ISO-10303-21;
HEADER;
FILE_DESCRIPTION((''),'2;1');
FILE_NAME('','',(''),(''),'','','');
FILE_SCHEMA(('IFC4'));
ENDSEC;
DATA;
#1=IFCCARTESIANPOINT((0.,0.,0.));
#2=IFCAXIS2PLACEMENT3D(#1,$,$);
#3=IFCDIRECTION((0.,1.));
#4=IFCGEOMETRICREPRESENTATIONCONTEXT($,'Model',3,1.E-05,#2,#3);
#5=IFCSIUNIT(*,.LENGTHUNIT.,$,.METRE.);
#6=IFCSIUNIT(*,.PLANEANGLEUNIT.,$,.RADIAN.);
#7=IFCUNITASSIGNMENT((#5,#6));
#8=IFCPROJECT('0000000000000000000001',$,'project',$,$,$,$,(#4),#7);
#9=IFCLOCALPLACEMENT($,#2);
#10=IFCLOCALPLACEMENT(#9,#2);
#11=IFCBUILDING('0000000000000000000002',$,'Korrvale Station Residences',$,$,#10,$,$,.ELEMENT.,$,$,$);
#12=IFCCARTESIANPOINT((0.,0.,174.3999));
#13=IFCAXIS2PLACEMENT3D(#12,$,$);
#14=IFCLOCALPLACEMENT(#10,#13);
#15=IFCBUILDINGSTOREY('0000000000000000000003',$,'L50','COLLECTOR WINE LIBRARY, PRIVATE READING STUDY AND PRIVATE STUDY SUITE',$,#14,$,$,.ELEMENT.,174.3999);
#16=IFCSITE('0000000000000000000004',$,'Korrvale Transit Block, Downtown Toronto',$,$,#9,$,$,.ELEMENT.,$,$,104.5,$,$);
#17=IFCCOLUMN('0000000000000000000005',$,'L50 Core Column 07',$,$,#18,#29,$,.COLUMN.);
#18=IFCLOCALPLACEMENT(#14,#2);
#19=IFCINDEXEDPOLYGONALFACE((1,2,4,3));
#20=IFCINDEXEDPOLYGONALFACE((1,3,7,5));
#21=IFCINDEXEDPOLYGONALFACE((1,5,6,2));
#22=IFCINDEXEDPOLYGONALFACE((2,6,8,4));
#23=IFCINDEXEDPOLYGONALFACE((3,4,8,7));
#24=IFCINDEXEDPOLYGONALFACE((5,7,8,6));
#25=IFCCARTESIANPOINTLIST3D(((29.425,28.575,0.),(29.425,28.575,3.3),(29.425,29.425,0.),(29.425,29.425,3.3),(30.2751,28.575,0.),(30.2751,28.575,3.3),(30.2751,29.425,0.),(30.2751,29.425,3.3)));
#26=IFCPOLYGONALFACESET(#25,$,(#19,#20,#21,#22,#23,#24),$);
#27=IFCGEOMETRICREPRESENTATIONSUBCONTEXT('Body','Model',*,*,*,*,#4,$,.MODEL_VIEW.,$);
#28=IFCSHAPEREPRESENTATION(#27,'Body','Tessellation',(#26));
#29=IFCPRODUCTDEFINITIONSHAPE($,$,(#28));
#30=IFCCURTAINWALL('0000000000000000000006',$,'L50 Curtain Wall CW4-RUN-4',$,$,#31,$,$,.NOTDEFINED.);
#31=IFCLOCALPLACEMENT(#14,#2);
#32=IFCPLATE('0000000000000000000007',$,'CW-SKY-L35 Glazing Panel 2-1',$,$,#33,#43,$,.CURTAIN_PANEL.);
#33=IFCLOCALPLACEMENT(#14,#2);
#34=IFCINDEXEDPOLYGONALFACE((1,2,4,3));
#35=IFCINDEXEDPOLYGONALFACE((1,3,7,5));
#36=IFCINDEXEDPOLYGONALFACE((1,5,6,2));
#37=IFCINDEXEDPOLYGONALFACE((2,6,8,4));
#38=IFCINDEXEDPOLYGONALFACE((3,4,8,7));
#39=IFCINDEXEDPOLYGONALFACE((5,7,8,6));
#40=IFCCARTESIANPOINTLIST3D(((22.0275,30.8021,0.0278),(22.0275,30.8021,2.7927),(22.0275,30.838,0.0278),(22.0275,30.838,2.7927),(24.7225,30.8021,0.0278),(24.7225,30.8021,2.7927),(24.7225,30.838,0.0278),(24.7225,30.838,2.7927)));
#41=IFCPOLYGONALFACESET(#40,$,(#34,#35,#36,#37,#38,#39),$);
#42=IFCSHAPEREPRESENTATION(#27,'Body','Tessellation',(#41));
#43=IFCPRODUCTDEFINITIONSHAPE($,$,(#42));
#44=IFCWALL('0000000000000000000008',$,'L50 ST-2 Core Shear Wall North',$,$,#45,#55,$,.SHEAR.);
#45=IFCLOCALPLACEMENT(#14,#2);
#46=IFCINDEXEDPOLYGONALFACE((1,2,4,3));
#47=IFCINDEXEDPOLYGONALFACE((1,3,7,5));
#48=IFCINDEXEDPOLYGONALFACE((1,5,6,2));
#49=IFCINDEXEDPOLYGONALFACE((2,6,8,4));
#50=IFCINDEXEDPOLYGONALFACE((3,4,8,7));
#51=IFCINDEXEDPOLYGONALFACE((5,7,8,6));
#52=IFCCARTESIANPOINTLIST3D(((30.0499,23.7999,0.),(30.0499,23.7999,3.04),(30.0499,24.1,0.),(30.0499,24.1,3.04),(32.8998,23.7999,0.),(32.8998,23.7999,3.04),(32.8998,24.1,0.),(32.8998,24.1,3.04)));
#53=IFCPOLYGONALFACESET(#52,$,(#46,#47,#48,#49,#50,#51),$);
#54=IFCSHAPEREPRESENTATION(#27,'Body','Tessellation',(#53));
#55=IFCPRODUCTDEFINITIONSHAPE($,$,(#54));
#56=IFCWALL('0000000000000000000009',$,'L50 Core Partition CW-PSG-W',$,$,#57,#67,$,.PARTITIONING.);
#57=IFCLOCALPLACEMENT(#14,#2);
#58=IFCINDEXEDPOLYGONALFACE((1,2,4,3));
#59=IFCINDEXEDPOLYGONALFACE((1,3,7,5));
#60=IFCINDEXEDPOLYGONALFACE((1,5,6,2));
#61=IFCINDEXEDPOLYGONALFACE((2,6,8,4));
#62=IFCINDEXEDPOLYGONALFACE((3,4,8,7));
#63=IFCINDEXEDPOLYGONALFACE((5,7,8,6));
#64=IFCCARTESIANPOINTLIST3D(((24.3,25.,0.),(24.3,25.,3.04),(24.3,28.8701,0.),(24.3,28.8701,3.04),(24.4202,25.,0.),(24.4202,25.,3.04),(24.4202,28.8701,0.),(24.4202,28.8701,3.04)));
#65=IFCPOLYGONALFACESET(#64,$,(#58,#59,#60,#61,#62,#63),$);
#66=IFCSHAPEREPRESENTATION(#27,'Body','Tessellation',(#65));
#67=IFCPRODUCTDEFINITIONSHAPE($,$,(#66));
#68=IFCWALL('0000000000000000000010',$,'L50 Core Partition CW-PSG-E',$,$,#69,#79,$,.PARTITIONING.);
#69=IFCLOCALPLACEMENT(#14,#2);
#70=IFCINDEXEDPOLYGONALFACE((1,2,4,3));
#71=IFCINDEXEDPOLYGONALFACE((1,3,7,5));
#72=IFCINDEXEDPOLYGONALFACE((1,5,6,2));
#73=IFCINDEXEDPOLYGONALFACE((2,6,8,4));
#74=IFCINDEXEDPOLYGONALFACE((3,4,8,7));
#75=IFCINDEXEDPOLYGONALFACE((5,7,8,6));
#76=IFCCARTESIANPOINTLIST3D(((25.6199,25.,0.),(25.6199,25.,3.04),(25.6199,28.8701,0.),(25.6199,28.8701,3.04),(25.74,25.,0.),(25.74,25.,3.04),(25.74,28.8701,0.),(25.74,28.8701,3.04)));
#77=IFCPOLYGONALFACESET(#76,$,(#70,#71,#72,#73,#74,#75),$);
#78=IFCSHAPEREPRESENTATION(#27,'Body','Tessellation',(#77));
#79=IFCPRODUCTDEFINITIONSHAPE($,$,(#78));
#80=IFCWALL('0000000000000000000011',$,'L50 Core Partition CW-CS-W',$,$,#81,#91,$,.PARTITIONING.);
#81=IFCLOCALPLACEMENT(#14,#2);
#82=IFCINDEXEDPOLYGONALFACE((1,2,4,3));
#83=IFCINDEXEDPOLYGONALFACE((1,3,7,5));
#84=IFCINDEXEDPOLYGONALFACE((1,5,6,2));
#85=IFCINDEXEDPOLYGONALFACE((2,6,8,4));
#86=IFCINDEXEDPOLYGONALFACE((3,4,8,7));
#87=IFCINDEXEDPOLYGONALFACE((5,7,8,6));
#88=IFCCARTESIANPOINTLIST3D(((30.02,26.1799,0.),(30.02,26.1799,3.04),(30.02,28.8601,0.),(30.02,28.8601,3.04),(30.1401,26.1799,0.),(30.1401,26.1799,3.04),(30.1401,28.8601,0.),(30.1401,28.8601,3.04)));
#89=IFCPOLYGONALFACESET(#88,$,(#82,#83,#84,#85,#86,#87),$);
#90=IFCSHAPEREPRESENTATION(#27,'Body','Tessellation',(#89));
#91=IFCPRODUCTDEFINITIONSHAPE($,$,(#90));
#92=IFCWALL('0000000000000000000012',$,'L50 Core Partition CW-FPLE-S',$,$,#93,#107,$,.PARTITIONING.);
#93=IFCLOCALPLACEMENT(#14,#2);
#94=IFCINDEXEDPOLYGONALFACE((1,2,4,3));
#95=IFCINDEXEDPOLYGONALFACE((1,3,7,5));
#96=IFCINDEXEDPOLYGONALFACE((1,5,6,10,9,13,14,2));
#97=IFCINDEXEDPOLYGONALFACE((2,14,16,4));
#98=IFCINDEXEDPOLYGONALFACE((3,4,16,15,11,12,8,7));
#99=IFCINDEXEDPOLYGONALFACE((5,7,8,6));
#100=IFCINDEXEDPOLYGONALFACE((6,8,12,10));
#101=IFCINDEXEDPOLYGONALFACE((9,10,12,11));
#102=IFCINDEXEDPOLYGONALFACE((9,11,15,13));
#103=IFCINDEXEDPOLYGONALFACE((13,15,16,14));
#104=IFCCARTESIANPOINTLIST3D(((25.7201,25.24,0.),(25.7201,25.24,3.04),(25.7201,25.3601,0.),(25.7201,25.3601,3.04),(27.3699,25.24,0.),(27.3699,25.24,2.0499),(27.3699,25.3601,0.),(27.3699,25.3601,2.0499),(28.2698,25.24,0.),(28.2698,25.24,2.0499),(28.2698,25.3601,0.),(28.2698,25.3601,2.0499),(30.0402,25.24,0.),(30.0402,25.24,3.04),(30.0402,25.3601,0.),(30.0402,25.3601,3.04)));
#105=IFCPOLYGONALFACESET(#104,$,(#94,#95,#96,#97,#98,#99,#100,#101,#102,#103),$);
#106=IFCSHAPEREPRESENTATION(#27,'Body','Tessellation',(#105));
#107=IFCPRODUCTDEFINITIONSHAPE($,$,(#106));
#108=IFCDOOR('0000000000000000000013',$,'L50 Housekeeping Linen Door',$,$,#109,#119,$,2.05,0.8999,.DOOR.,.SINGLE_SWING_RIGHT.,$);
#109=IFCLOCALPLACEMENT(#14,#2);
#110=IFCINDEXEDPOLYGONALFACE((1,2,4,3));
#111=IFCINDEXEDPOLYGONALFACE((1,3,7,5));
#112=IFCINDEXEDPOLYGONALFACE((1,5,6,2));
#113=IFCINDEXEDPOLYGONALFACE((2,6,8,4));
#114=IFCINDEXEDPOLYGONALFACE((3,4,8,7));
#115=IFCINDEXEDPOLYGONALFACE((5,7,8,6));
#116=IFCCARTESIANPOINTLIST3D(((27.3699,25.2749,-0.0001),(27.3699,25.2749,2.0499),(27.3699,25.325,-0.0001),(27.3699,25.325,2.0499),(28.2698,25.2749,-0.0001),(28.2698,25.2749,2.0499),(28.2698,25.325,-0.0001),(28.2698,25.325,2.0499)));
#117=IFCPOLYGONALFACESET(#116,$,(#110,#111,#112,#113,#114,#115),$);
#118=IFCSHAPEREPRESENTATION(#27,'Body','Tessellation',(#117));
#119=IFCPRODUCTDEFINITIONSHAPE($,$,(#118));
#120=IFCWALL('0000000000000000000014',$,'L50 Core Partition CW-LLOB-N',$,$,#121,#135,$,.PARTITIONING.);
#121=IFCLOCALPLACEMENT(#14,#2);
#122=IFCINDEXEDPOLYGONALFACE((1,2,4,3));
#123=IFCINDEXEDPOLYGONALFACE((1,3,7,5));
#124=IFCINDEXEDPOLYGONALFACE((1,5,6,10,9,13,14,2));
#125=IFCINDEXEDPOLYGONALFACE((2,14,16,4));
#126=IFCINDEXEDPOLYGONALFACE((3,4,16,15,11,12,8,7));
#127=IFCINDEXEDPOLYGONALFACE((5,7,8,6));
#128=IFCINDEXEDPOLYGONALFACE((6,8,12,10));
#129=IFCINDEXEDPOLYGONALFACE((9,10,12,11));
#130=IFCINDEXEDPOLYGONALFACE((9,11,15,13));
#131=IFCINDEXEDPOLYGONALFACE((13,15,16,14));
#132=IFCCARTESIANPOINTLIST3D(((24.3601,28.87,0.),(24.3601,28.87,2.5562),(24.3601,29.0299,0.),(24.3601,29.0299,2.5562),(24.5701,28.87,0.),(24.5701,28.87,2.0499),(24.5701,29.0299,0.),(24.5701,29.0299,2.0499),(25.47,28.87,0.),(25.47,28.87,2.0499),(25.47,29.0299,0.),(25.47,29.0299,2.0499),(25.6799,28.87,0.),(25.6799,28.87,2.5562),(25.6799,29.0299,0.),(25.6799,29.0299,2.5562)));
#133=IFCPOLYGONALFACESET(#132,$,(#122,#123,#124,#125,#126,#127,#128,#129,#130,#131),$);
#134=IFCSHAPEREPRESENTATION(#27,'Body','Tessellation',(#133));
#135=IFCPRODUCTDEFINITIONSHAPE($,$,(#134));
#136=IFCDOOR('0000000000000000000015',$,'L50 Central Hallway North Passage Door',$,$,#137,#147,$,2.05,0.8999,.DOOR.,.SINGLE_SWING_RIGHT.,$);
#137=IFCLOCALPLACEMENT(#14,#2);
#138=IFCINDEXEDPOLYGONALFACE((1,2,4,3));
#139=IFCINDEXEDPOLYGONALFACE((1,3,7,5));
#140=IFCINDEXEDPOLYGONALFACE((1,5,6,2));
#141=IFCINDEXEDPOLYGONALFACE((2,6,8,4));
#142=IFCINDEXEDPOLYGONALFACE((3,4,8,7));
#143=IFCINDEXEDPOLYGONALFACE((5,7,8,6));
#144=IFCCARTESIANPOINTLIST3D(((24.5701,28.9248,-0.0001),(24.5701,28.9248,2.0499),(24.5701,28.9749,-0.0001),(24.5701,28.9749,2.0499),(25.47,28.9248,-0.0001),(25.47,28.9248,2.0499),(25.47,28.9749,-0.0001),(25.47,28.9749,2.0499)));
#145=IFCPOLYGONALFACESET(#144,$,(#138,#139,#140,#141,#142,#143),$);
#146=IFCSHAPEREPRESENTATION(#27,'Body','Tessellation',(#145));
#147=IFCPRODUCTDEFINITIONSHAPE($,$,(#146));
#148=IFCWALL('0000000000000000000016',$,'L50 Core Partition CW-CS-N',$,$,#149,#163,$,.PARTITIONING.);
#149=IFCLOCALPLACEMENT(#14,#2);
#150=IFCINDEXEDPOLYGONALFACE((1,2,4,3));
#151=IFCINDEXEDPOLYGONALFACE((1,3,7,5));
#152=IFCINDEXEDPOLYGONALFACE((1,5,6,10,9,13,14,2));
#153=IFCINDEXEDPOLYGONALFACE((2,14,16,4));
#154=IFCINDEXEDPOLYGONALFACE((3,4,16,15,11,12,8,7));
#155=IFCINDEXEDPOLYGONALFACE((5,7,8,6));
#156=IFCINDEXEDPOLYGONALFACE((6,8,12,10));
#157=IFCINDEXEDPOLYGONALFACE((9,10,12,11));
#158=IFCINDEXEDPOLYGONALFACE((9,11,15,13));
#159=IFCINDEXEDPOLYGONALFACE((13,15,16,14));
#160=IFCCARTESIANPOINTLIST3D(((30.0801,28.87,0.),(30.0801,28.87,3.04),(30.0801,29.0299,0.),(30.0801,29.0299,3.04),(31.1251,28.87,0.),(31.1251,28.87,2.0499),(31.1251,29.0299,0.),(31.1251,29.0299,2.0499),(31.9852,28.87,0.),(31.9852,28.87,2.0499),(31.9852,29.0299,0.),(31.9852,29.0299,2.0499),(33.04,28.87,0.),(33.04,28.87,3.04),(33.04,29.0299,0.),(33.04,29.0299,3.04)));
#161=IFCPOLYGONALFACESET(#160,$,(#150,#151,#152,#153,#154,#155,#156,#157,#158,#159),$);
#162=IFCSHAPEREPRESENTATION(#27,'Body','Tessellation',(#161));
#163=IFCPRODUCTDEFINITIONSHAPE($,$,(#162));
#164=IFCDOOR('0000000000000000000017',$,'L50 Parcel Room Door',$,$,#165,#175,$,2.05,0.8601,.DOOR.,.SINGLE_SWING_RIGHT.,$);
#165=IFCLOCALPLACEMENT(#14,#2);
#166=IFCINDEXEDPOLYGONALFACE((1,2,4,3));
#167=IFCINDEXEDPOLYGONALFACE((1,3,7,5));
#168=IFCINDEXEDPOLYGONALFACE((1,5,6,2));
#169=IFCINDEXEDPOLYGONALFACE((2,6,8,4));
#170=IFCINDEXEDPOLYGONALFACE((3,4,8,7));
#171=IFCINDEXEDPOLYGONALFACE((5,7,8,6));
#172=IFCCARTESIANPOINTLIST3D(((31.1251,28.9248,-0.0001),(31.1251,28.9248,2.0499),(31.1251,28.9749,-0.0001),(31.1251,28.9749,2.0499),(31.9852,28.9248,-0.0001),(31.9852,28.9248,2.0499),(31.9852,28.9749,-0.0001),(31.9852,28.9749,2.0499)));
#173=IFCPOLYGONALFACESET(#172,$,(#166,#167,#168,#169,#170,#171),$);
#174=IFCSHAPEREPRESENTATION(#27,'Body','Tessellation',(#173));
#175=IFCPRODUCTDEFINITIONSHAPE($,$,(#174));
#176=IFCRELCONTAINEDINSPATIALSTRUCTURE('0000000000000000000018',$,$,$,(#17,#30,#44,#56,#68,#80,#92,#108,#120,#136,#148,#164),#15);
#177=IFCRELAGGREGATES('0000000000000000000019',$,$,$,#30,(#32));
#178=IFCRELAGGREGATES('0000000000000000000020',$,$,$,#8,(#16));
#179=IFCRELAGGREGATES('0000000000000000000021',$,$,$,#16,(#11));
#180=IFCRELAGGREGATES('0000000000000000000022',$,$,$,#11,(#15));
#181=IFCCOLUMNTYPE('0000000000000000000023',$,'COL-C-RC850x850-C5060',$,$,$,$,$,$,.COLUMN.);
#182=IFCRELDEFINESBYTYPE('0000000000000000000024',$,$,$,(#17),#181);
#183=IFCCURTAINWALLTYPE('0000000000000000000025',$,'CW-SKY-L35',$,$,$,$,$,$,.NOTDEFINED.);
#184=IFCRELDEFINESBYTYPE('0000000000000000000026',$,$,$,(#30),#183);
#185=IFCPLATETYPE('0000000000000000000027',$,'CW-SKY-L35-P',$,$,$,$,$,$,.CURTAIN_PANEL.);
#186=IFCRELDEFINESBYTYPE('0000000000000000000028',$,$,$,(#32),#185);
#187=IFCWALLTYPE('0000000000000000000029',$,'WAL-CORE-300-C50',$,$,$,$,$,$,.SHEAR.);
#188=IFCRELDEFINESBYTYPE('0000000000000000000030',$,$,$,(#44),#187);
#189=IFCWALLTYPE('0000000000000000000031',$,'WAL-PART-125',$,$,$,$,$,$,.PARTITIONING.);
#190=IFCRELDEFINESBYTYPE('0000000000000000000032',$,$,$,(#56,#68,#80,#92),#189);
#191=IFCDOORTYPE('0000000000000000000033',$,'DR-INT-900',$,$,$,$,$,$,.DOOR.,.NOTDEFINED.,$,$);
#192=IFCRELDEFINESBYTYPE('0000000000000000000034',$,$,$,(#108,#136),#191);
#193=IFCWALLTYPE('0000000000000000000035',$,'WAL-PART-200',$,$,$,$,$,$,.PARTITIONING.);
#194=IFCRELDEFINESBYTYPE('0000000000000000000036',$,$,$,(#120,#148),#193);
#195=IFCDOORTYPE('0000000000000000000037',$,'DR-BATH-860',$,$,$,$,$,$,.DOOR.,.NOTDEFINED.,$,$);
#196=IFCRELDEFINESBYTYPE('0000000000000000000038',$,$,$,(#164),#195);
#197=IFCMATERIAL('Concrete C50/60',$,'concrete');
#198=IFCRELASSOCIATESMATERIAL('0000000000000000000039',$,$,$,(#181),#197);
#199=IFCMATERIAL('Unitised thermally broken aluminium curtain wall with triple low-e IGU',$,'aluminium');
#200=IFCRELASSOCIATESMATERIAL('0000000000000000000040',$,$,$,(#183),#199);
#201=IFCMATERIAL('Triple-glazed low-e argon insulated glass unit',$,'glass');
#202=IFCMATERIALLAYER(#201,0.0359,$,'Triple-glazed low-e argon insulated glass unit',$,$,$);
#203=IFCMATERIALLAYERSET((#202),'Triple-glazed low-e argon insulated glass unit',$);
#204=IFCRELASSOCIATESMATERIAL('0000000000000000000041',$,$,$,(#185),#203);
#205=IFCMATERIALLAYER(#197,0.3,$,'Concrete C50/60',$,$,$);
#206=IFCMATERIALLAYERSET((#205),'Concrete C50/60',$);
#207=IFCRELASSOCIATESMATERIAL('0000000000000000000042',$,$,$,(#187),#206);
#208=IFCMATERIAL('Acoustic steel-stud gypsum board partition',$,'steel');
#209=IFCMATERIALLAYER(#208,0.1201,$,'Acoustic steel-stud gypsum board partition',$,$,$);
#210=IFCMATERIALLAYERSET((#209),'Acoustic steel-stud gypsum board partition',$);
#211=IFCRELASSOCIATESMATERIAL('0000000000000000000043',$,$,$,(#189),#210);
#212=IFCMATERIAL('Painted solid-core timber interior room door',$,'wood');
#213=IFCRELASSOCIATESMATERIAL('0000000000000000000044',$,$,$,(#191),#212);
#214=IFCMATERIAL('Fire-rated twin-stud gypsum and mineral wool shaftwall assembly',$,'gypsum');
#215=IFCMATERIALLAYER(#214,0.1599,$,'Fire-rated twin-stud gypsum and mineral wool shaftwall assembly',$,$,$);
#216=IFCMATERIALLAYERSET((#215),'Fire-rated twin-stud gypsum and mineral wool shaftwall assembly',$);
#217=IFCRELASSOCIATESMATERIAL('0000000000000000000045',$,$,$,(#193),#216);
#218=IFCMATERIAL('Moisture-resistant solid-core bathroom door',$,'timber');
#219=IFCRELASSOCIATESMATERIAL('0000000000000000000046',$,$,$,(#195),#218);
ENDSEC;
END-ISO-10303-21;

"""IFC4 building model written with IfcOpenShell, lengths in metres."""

from ifc_helpers import new_model, si_unit, direction, frame, frame_2d, origin, origin_2d, place, context, subcontext, project, spatial, rectangle, extrude, material, layer, layer_set, material_profile, profile_set, type_object, element, fill, aggregate, save


model = new_model("IFC4")

# Units and contexts
model_context = context("Model", 3, precision=1e-05, world=origin(), true_north=direction((0.0, 1.0)))
body_context = subcontext(model_context, "Body", "Model", "MODEL_VIEW")
ifc_project = project(units=[si_unit("LENGTHUNIT", "METRE"), si_unit("PLANEANGLEUNIT", "RADIAN")], contexts=[model_context])

# Site, building, storey
site_placement = place(None, origin())
site = spatial("IfcSite", under=ifc_project, at=site_placement, Name="Korrvale Transit Block, Downtown Toronto", CompositionType="ELEMENT", RefElevation=104.5)
building_placement = place(site_placement, origin())
building = spatial("IfcBuilding", under=site, at=building_placement, Name="Korrvale Station Residences", CompositionType="ELEMENT")
storey_placement = place(building_placement, frame((0.0, 0.0, 174.3999)))
storey = spatial("IfcBuildingStorey", under=building, at=storey_placement, Name="L50", Description="COLLECTOR WINE LIBRARY, PRIVATE READING STUDY AND PRIVATE STUDY SUITE", CompositionType="ELEMENT", Elevation=174.3999)

# Column
ifc_material_1 = material(Name="Concrete C50/60", Category="concrete")
ifc_material_profile = material_profile(ifc_material_1, rectangle(XDim=0.8501, YDim=0.8501, at=origin_2d()), Name="RC850x850")
ifc_profile_set = profile_set([ifc_material_profile], Name="Concrete C50/60")
column_type = type_object("IfcColumnType", Name="COL-C-RC850x850-C5060", PredefinedType="COLUMN", material=ifc_profile_set)
column_placement = place(storey_placement, frame((29.8501, 29.0, 0.0), z_axis=(0.0, 0.0, 1.0), x_axis=(1.0, 0.0, 0.0)))
element("IfcColumn", 1, at=column_placement, inside=storey, type_object=column_type, Name="L50 Core Column 07", PredefinedType="COLUMN", context=body_context, shape_type="SweptSolid", body=[
    extrude(rectangle(XDim=0.8501, YDim=0.8501, at=origin_2d()), origin(), (0.0, 0.0, 1.0), 3.3),
])

# Curtain wall, plate
ifc_material_2 = material(Name="Unitised thermally broken aluminium curtain wall with triple low-e IGU", Category="aluminium")
curtain_wall_type = type_object("IfcCurtainWallType", Name="CW-SKY-L35", PredefinedType="NOTDEFINED", material=ifc_material_2)
curtain_wall_placement = place(storey_placement, origin())
curtain_wall = element("IfcCurtainWall", 2, at=curtain_wall_placement, inside=storey, type_object=curtain_wall_type, Name="L50 Curtain Wall CW4-RUN-4", PredefinedType="NOTDEFINED")
ifc_material_3 = material(Name="Triple-glazed low-e argon insulated glass unit", Category="glass")
ifc_layer_1 = layer(ifc_material_3, 0.0359, Name="Triple-glazed low-e argon insulated glass unit")
ifc_layer_set_1 = layer_set([ifc_layer_1], Name="Triple-glazed low-e argon insulated glass unit")
plate_type = type_object("IfcPlateType", Name="CW-SKY-L35-P", PredefinedType="CURTAIN_PANEL", material=ifc_layer_set_1)
plate_placement = place(storey_placement, frame((23.375, 30.8201, 0.0278), z_axis=(0.0, 0.0, 1.0), x_axis=(1.0, 0.0, 0.0)))
plate = element("IfcPlate", 3, at=plate_placement, type_object=plate_type, Name="CW-SKY-L35 Glazing Panel 2-1", PredefinedType="CURTAIN_PANEL", context=body_context, shape_type="SweptSolid", body=[
    extrude(rectangle(XDim=2.6951, YDim=0.0359, at=origin_2d()), origin(), (0.0, 0.0, 1.0), 2.7649),
])
aggregate(curtain_wall, [plate])

# Walls
ifc_layer_2 = layer(ifc_material_1, 0.3, Name="Concrete C50/60")
ifc_layer_set_2 = layer_set([ifc_layer_2], Name="Concrete C50/60")
wall_type_1 = type_object("IfcWallType", Name="WAL-CORE-300-C50", PredefinedType="SHEAR", material=ifc_layer_set_2)
wall_1_placement = place(storey_placement, frame((30.05, 23.95, 0.0), z_axis=(0.0, 0.0, 1.0), x_axis=(1.0, 0.0, 0.0)))
element("IfcWall", 4, at=wall_1_placement, inside=storey, type_object=wall_type_1, Name="L50 ST-2 Core Shear Wall North", PredefinedType="SHEAR", context=body_context, shape_type="SweptSolid", body=[
    extrude(rectangle(XDim=2.8499, YDim=0.3, at=frame_2d((1.4248, 0.0))), origin(), (0.0, 0.0, 1.0), 3.04),
])
ifc_material_4 = material(Name="Acoustic steel-stud gypsum board partition", Category="steel")
ifc_layer_3 = layer(ifc_material_4, 0.1201, Name="Acoustic steel-stud gypsum board partition")
ifc_layer_set_3 = layer_set([ifc_layer_3], Name="Acoustic steel-stud gypsum board partition")
wall_type_2 = type_object("IfcWallType", Name="WAL-PART-125", PredefinedType="PARTITIONING", material=ifc_layer_set_3)
for number, where, z_axis, x_axis, name in (
    (5, (24.3601, 25.0, 0.0), (0.0, 0.0, 1.0), (0.0, 1.0, 0.0), "L50 Core Partition CW-PSG-W"),
    (6, (25.6799, 25.0, 0.0), (0.0, 0.0, 1.0), (0.0, 1.0, 0.0), "L50 Core Partition CW-PSG-E"),
):
    element("IfcWall", number, at=place(storey_placement, frame(where, z_axis=z_axis, x_axis=x_axis)), inside=storey, type_object=wall_type_2, Name=name, PredefinedType="PARTITIONING", context=body_context, shape_type="SweptSolid", body=[
        extrude(rectangle(XDim=3.8701, YDim=0.1201, at=frame_2d((1.9351, 0.0))), origin(), (0.0, 0.0, 1.0), 3.04),
    ])
wall_2_placement = place(storey_placement, frame((30.0801, 26.1799, 0.0), z_axis=(0.0, 0.0, 1.0), x_axis=(0.0, 1.0, 0.0)))
element("IfcWall", 7, at=wall_2_placement, inside=storey, type_object=wall_type_2, Name="L50 Core Partition CW-CS-W", PredefinedType="PARTITIONING", context=body_context, shape_type="SweptSolid", body=[
    extrude(rectangle(XDim=2.6802, YDim=0.1201, at=frame_2d((1.3401, 0.0))), origin(), (0.0, 0.0, 1.0), 3.04),
])

# Walls, openings, doors
wall_3_placement = place(storey_placement, frame((25.72, 25.3, 0.0), z_axis=(0.0, 0.0, 1.0), x_axis=(1.0, 0.0, 0.0)))
wall_3 = element("IfcWall", 8, at=wall_3_placement, inside=storey, type_object=wall_type_2, Name="L50 Core Partition CW-FPLE-S", PredefinedType="PARTITIONING", context=body_context, shape_type="SweptSolid", body=[
    extrude(rectangle(XDim=4.3201, YDim=0.1201, at=frame_2d((2.1602, 0.0))), origin(), (0.0, 0.0, 1.0), 3.04),
])
opening_1_placement = place(wall_3_placement, frame((1.6499, 0.0, 0.0)))
opening_1 = element("IfcOpeningElement", 9, at=opening_1_placement, cuts=wall_3, PredefinedType="OPENING", context=body_context, shape_type="SweptSolid", body=[
    extrude(rectangle(XDim=0.8999, YDim=2.05, at=frame_2d((0.45, 1.0249))), frame((0.0, 0.0701, 0.0), z_axis=(0.0, -1.0, 0.0), x_axis=(1.0, 0.0, 0.0)), (0.0, 0.0, 1.0), 0.1401),
])
ifc_material_5 = material(Name="Painted solid-core timber interior room door", Category="wood")
door_type_1 = type_object("IfcDoorType", Name="DR-INT-900", OperationType="NOTDEFINED", PredefinedType="DOOR", material=ifc_material_5)
door_1_placement = place(opening_1_placement, origin())
door_1 = element("IfcDoor", 10, at=door_1_placement, inside=storey, type_object=door_type_1, Name="L50 Housekeeping Linen Door", OperationType="SINGLE_SWING_RIGHT", OverallHeight=2.05, OverallWidth=0.8999, PredefinedType="DOOR", context=body_context, shape_type="SweptSolid", body=[
    extrude(rectangle(XDim=0.8999, YDim=2.05, at=frame_2d((0.45, 1.0249))), frame((0.0, 0.0249, 0.0), z_axis=(0.0, -1.0, 0.0), x_axis=(1.0, 0.0, 0.0)), (0.0, 0.0, 1.0), 0.05),
])
fill(opening_1, door_1)
ifc_material_6 = material(Name="Fire-rated twin-stud gypsum and mineral wool shaftwall assembly", Category="gypsum")
ifc_layer_4 = layer(ifc_material_6, 0.1599, Name="Fire-rated twin-stud gypsum and mineral wool shaftwall assembly")
ifc_layer_set_4 = layer_set([ifc_layer_4], Name="Fire-rated twin-stud gypsum and mineral wool shaftwall assembly")
wall_type_3 = type_object("IfcWallType", Name="WAL-PART-200", PredefinedType="PARTITIONING", material=ifc_layer_set_4)
wall_4_placement = place(storey_placement, frame((24.3601, 28.95, 0.0), z_axis=(0.0, 0.0, 1.0), x_axis=(1.0, 0.0, 0.0)))
wall_4 = element("IfcWall", 11, at=wall_4_placement, inside=storey, type_object=wall_type_3, Name="L50 Core Partition CW-LLOB-N", PredefinedType="PARTITIONING", context=body_context, shape_type="SweptSolid", body=[
    extrude(rectangle(XDim=1.3198, YDim=0.1599, at=frame_2d((0.6599, 0.0))), origin(), (0.0, 0.0, 1.0), 2.5562),
])
opening_2_placement = place(wall_4_placement, frame((0.21, 0.0, 0.0)))
opening_2 = element("IfcOpeningElement", 12, at=opening_2_placement, cuts=wall_4, PredefinedType="OPENING", context=body_context, shape_type="SweptSolid", body=[
    extrude(rectangle(XDim=0.8999, YDim=2.05, at=frame_2d((0.45, 1.0249))), frame((0.0, 0.0898, 0.0), z_axis=(0.0, -1.0, 0.0), x_axis=(1.0, 0.0, 0.0)), (0.0, 0.0, 1.0), 0.1799),
])
door_2_placement = place(opening_2_placement, origin())
door_2 = element("IfcDoor", 13, at=door_2_placement, inside=storey, type_object=door_type_1, Name="L50 Central Hallway North Passage Door", OperationType="SINGLE_SWING_RIGHT", OverallHeight=2.05, OverallWidth=0.8999, PredefinedType="DOOR", context=body_context, shape_type="SweptSolid", body=[
    extrude(rectangle(XDim=0.8999, YDim=2.05, at=frame_2d((0.45, 1.0249))), frame((0.0, 0.0249, 0.0), z_axis=(0.0, -1.0, 0.0), x_axis=(1.0, 0.0, 0.0)), (0.0, 0.0, 1.0), 0.05),
])
fill(opening_2, door_2)
wall_5_placement = place(storey_placement, frame((30.0801, 28.95, 0.0), z_axis=(0.0, 0.0, 1.0), x_axis=(1.0, 0.0, 0.0)))
wall_5 = element("IfcWall", 14, at=wall_5_placement, inside=storey, type_object=wall_type_3, Name="L50 Core Partition CW-CS-N", PredefinedType="PARTITIONING", context=body_context, shape_type="SweptSolid", body=[
    extrude(rectangle(XDim=2.96, YDim=0.1599, at=frame_2d((1.48, 0.0))), origin(), (0.0, 0.0, 1.0), 3.04),
])
opening_3_placement = place(wall_5_placement, frame((1.0449, 0.0, 0.0)))
opening_3 = element("IfcOpeningElement", 15, at=opening_3_placement, cuts=wall_5, PredefinedType="OPENING", context=body_context, shape_type="SweptSolid", body=[
    extrude(rectangle(XDim=0.8601, YDim=2.05, at=frame_2d((0.4302, 1.0249))), frame((0.0, 0.0898, 0.0), z_axis=(0.0, -1.0, 0.0), x_axis=(1.0, 0.0, 0.0)), (0.0, 0.0, 1.0), 0.1799),
])
ifc_material_7 = material(Name="Moisture-resistant solid-core bathroom door", Category="timber")
door_type_2 = type_object("IfcDoorType", Name="DR-BATH-860", OperationType="NOTDEFINED", PredefinedType="DOOR", material=ifc_material_7)
door_3_placement = place(opening_3_placement, origin())
door_3 = element("IfcDoor", 16, at=door_3_placement, inside=storey, type_object=door_type_2, Name="L50 Parcel Room Door", OperationType="SINGLE_SWING_RIGHT", OverallHeight=2.05, OverallWidth=0.8601, PredefinedType="DOOR", context=body_context, shape_type="SweptSolid", body=[
    extrude(rectangle(XDim=0.8601, YDim=2.05, at=frame_2d((0.4302, 1.0249))), frame((0.0, 0.0249, 0.0), z_axis=(0.0, -1.0, 0.0), x_axis=(1.0, 0.0, 0.0)), (0.0, 0.0, 1.0), 0.05),
])
fill(opening_3, door_3)

save(model, "model.ifc")
